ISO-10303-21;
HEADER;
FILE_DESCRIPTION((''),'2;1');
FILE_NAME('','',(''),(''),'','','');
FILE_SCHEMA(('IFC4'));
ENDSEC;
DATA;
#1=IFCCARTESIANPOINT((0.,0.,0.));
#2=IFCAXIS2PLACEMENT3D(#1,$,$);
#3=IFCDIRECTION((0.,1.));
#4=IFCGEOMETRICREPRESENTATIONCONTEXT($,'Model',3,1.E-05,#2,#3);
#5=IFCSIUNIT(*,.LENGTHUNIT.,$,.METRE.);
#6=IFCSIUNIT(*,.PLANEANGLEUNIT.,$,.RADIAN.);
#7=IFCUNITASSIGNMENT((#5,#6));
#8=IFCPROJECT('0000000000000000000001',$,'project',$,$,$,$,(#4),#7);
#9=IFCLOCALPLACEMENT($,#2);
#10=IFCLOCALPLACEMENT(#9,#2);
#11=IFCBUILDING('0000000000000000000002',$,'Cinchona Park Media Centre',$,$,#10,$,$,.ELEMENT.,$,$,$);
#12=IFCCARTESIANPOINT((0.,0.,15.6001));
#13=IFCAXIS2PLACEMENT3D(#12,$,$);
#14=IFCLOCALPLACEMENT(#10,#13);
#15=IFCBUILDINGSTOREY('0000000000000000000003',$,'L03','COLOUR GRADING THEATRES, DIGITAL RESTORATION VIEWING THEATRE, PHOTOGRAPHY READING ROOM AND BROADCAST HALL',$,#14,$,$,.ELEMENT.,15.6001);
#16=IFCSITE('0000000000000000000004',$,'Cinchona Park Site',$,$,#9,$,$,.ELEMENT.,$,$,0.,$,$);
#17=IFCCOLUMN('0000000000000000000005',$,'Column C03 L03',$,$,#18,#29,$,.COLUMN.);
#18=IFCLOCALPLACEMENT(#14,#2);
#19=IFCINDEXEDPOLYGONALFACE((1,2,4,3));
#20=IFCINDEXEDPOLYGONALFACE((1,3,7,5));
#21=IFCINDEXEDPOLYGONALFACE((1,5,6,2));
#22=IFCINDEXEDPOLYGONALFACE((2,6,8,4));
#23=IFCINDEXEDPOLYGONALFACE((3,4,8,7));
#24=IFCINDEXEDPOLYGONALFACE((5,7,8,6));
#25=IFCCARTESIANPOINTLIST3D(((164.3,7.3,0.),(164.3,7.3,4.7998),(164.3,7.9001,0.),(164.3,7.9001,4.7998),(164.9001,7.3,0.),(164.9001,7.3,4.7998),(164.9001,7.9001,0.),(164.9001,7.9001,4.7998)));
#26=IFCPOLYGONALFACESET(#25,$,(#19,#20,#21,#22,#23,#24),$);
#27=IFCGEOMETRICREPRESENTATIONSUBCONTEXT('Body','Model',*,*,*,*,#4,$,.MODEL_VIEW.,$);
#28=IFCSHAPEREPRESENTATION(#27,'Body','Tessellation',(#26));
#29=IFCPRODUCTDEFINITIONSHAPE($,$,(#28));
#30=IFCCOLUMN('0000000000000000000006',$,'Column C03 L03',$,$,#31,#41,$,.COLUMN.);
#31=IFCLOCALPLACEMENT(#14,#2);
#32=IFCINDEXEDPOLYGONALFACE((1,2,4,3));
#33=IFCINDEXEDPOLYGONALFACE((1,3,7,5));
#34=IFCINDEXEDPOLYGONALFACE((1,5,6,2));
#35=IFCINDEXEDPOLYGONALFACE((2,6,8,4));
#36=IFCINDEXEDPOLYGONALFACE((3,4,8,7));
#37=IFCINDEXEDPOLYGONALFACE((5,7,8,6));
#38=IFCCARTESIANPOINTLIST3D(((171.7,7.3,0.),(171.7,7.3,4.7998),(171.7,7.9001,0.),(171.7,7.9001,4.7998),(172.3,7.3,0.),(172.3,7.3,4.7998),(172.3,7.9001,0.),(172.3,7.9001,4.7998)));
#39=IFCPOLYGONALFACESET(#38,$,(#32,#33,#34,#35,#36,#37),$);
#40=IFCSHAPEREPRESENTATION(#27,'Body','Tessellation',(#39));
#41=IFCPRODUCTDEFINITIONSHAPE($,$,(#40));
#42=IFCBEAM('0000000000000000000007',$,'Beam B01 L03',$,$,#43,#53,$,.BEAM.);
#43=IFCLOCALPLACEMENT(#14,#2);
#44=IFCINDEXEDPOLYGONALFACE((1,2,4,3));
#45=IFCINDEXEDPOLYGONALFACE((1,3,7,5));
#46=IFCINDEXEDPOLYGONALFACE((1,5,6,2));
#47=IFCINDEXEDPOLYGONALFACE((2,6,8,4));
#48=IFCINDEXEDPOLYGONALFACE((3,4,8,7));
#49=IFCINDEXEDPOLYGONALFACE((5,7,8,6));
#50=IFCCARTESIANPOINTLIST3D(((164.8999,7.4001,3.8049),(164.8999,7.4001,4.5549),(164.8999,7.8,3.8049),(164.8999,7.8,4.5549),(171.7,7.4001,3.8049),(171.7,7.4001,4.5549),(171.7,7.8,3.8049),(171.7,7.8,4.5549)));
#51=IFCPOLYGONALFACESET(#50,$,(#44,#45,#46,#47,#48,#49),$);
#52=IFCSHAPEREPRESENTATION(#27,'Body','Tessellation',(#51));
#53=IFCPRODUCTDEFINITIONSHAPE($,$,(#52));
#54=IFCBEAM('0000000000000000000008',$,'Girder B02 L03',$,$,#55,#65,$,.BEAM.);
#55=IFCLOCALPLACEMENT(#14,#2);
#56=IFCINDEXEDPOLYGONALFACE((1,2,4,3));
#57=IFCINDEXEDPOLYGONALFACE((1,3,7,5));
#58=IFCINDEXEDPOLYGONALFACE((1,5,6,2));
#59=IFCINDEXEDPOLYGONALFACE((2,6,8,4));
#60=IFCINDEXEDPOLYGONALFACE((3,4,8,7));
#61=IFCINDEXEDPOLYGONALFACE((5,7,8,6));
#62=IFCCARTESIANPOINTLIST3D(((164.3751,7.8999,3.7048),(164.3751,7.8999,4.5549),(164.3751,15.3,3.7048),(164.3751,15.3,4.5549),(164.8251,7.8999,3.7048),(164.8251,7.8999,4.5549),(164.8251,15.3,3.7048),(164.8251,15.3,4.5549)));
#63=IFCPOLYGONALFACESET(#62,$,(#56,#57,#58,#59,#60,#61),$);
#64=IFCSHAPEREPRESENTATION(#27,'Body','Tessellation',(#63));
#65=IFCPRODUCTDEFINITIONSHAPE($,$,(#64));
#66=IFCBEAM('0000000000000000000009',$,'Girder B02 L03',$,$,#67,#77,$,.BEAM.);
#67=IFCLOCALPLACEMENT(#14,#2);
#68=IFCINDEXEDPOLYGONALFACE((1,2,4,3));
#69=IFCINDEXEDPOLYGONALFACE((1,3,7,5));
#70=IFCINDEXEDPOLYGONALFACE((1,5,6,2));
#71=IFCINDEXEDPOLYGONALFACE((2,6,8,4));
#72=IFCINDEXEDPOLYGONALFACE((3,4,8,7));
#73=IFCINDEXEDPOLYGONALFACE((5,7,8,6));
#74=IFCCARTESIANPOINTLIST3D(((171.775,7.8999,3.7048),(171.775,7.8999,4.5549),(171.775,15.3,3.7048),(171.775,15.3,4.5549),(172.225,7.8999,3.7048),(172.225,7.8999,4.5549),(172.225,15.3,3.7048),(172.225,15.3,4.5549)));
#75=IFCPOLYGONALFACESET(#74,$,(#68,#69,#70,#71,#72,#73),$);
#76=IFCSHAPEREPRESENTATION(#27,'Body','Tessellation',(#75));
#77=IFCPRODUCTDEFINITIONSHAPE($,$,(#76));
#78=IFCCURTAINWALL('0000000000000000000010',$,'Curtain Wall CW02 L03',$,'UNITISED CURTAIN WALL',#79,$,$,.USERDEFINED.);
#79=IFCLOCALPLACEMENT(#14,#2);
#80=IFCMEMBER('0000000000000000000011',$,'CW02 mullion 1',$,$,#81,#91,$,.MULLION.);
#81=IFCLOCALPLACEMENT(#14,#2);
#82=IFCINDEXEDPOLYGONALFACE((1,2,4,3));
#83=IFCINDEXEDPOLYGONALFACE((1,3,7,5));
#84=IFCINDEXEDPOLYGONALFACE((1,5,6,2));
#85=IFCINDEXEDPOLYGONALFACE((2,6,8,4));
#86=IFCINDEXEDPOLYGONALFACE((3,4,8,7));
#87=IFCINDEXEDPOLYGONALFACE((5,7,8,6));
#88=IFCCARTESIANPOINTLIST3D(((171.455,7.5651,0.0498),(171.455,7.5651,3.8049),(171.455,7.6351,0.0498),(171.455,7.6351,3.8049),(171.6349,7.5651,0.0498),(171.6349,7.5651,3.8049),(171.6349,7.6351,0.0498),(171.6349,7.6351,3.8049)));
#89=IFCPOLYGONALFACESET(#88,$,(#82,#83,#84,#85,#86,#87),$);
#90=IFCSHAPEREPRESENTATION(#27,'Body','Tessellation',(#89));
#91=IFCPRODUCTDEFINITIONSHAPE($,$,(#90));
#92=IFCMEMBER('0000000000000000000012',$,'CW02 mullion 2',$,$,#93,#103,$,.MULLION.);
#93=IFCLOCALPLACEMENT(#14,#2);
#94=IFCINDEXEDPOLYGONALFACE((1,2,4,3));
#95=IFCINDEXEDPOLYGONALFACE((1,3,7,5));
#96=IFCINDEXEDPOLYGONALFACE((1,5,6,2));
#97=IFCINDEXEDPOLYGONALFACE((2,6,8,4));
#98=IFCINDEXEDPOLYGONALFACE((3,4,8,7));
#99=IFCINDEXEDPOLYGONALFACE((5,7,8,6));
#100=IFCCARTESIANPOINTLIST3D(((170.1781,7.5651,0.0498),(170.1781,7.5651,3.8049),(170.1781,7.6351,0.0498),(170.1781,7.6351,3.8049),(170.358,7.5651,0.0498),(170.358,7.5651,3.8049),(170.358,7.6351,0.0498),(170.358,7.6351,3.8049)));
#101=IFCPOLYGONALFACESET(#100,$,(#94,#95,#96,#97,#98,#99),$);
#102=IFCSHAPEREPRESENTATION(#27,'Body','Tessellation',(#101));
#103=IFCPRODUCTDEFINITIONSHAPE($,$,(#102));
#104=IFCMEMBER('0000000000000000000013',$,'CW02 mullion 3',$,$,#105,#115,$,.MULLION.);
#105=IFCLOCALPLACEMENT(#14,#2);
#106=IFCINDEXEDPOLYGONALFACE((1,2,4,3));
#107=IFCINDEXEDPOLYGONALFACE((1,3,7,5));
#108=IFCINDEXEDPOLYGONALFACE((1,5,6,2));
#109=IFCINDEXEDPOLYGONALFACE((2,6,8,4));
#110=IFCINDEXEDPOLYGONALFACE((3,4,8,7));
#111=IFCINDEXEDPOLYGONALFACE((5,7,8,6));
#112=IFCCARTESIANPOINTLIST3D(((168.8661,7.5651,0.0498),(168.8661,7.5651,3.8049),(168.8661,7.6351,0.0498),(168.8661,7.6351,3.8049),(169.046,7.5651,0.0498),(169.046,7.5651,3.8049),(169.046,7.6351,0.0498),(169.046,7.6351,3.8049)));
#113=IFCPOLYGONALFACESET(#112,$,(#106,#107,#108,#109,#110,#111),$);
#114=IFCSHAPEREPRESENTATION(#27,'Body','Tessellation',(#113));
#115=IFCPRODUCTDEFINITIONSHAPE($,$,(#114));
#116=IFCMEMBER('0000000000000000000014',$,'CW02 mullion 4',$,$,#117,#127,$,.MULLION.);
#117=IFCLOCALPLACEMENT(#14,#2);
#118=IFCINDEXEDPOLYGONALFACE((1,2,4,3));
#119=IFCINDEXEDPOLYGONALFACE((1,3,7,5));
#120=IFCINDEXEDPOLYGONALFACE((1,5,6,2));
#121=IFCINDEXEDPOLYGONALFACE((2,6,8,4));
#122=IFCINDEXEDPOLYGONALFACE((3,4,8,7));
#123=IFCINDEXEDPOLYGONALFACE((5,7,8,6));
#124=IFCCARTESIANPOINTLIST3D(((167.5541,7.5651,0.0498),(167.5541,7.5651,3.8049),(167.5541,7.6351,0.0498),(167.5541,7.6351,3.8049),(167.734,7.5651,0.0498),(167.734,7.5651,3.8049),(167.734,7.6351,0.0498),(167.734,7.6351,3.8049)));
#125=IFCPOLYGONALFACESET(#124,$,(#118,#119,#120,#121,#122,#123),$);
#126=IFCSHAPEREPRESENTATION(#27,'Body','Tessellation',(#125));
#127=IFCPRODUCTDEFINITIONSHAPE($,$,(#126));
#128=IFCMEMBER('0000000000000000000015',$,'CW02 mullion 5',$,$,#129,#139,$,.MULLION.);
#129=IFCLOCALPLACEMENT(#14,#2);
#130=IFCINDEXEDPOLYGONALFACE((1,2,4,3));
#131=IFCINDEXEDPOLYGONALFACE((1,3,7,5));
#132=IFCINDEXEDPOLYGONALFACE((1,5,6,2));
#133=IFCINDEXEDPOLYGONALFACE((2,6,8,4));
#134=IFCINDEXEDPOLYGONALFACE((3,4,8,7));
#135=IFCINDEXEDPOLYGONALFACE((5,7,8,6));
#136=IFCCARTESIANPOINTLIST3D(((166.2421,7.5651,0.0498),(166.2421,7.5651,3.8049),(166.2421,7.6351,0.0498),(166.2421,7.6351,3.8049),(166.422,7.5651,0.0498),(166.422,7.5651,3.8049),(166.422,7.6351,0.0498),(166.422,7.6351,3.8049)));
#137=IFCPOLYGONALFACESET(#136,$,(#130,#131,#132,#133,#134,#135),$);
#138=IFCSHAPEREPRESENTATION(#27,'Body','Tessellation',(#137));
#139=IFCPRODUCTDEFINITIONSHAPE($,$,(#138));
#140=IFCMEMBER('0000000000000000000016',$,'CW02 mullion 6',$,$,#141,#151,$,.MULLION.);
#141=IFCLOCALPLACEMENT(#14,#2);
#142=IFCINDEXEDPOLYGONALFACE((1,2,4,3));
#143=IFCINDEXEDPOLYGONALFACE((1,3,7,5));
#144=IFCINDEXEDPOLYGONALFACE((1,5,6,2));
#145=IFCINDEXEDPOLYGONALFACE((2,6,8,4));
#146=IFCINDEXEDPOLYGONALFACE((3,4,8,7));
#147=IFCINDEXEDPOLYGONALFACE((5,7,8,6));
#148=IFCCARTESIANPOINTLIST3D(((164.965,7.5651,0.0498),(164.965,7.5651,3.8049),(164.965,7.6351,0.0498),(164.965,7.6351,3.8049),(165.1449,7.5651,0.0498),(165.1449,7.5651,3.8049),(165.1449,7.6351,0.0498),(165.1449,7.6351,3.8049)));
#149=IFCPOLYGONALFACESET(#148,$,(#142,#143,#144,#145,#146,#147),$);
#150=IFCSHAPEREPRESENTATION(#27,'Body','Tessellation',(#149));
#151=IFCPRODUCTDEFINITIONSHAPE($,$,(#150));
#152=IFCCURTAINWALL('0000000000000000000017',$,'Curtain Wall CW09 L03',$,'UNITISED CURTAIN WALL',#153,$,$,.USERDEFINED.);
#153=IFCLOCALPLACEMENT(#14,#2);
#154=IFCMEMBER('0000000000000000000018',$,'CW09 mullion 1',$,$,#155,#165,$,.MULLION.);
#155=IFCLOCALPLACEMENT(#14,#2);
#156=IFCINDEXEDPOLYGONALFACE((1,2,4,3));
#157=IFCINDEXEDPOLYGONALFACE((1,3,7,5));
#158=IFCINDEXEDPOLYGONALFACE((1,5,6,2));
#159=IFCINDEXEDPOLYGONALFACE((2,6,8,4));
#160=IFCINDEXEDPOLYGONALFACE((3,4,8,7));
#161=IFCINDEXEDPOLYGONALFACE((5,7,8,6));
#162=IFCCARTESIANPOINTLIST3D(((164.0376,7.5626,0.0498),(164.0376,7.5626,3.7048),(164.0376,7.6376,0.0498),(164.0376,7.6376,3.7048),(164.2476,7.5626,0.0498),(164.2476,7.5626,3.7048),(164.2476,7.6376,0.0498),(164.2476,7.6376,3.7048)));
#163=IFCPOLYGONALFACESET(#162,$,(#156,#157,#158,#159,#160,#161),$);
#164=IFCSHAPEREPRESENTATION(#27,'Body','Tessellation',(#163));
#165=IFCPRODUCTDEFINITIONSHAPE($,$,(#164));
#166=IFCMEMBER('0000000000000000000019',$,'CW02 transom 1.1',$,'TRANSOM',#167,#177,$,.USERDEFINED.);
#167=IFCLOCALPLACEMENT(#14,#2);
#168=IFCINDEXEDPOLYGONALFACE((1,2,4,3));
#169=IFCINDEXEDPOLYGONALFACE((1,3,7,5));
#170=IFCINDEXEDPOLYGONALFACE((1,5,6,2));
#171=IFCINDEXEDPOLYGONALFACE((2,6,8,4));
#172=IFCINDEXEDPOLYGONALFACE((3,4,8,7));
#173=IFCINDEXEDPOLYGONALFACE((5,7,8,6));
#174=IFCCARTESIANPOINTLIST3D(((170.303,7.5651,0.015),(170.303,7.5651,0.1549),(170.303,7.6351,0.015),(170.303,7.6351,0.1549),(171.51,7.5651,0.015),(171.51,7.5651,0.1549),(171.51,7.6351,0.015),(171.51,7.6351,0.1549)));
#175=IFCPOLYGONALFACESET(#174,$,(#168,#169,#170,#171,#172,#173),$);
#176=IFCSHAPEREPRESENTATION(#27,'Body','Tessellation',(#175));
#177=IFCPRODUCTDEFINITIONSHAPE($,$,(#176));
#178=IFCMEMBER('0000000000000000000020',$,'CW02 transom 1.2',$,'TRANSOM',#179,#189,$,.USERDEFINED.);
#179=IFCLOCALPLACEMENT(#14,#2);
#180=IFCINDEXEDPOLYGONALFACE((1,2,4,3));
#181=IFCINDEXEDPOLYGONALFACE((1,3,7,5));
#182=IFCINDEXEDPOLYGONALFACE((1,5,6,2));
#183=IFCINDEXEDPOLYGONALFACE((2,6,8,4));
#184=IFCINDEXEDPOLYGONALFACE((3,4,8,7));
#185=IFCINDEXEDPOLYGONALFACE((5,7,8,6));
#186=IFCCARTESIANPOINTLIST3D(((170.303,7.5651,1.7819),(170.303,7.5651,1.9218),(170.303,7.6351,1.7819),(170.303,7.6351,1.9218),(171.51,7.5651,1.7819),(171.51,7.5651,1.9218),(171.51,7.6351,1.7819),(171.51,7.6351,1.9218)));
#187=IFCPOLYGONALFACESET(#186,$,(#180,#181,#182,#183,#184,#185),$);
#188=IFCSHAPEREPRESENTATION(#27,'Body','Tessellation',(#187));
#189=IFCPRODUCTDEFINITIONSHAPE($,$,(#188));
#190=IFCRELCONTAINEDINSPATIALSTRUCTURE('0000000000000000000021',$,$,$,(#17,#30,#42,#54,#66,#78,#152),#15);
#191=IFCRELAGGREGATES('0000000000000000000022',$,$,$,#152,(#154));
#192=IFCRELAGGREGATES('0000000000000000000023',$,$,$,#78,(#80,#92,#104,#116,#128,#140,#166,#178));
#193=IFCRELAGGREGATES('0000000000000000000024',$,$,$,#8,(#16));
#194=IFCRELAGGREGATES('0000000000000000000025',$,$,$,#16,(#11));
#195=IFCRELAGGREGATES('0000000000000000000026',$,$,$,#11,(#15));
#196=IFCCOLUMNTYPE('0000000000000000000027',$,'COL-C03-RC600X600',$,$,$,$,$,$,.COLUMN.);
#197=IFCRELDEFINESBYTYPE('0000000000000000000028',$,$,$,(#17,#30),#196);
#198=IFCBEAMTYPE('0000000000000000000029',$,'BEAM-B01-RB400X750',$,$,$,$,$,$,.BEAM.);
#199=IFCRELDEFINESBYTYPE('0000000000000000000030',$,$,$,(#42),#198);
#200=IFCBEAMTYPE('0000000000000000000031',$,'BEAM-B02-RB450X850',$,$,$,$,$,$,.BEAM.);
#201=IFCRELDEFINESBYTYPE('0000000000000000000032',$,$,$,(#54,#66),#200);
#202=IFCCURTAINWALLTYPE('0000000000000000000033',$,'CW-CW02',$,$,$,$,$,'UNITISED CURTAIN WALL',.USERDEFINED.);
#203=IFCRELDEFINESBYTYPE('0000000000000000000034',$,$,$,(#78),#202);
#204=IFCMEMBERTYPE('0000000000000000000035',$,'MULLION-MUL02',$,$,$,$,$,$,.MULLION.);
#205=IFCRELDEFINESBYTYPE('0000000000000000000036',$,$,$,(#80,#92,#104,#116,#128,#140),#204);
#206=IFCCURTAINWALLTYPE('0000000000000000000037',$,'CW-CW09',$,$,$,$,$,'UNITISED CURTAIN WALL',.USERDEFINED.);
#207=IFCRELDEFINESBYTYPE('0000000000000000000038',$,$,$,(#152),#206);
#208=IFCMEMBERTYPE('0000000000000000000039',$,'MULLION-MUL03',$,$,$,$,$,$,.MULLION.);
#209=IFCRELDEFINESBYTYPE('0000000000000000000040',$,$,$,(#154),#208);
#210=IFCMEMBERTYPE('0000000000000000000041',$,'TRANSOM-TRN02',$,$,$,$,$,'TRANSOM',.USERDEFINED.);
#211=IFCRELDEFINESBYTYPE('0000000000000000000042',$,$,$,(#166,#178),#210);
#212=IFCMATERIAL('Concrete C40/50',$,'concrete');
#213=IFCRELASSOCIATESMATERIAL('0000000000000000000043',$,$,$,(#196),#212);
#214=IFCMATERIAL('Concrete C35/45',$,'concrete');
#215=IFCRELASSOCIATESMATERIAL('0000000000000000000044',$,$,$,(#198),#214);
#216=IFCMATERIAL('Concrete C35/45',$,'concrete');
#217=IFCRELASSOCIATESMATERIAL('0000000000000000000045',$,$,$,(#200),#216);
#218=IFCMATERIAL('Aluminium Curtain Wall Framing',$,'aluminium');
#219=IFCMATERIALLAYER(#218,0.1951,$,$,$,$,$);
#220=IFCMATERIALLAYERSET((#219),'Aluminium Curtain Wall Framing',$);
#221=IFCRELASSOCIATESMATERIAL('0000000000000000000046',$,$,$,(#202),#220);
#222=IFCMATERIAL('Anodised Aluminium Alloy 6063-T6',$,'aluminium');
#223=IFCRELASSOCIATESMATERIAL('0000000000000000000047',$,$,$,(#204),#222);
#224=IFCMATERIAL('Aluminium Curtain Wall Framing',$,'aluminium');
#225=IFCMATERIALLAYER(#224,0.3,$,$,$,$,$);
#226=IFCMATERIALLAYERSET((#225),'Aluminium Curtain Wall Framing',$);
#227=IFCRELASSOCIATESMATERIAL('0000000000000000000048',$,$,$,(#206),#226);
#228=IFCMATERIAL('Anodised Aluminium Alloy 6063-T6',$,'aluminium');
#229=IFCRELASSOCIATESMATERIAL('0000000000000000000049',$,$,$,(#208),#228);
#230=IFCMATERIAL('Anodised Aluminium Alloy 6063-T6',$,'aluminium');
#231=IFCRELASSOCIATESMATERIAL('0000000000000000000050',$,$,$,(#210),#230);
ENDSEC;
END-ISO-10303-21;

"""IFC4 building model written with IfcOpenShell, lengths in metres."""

from ifc_helpers import new_model, si_unit, direction, frame, origin, origin_2d, place, context, subcontext, project, spatial, rectangle, extrude, material, layer, layer_set, material_profile, profile_set, type_object, element, aggregate, save


model = new_model("IFC4")

# Units and contexts
model_context = context("Model", 3, precision=1e-05, world=origin(), true_north=direction((0.0, 1.0)))
body_context = subcontext(model_context, "Body", "Model", "MODEL_VIEW")
ifc_project = project(units=[si_unit("LENGTHUNIT", "METRE"), si_unit("PLANEANGLEUNIT", "RADIAN")], contexts=[model_context])

# Site, building, storey
site_placement = place(None, origin())
site = spatial("IfcSite", under=ifc_project, at=site_placement, Name="Cinchona Park Site", CompositionType="ELEMENT", RefElevation=0.0)
building_placement = place(site_placement, origin())
building = spatial("IfcBuilding", under=site, at=building_placement, Name="Cinchona Park Media Centre", CompositionType="ELEMENT")
storey_placement = place(building_placement, frame((0.0, 0.0, 15.6001)))
storey = spatial("IfcBuildingStorey", under=building, at=storey_placement, Name="L03", Description="COLOUR GRADING THEATRES, DIGITAL RESTORATION VIEWING THEATRE, PHOTOGRAPHY READING ROOM AND BROADCAST HALL", CompositionType="ELEMENT", Elevation=15.6001)

# Columns
ifc_material_1 = material(Name="Concrete C40/50", Category="concrete")
ifc_material_profile_1 = material_profile(ifc_material_1, rectangle(XDim=0.6001, YDim=0.6001, at=origin_2d()), Name="RC 600X600")
ifc_profile_set_1 = profile_set([ifc_material_profile_1], Name="Concrete C40/50")
column_type = type_object("IfcColumnType", Name="COL-C03-RC600X600", PredefinedType="COLUMN", material=ifc_profile_set_1)
for number, where, z_axis, x_axis, name in (
    (1, (164.6001, 7.6001, 0.0), (0.0, 0.0, 1.0), (1.0, 0.0, 0.0), "Column C03 L03"),
    (2, (172.0, 7.6001, 0.0), (0.0, 0.0, 1.0), (1.0, 0.0, 0.0), "Column C03 L03"),
):
    element("IfcColumn", number, at=place(storey_placement, frame(where, z_axis=z_axis, x_axis=x_axis)), inside=storey, type_object=column_type, Name=name, PredefinedType="COLUMN", context=body_context, shape_type="SweptSolid", body=[
        extrude(rectangle(XDim=0.6001, YDim=0.6001, at=origin_2d()), origin(), (0.0, 0.0, 1.0), 4.7998),
    ])

# Beams
ifc_material_2 = material(Name="Concrete C35/45", Category="concrete")
ifc_material_profile_2 = material_profile(ifc_material_2, rectangle(XDim=0.3999, YDim=0.75, at=origin_2d()), Name="RB 400X750")
ifc_profile_set_2 = profile_set([ifc_material_profile_2], Name="Concrete C35/45")
beam_type_1 = type_object("IfcBeamType", Name="BEAM-B01-RB400X750", PredefinedType="BEAM", material=ifc_profile_set_2)
beam_placement = place(storey_placement, frame((164.8999, 7.6001, 4.1799), z_axis=(1.0, 0.0, 0.0), x_axis=(0.0, 1.0, 0.0)))
element("IfcBeam", 3, at=beam_placement, inside=storey, type_object=beam_type_1, Name="Beam B01 L03", PredefinedType="BEAM", context=body_context, shape_type="SweptSolid", body=[
    extrude(rectangle(XDim=0.3999, YDim=0.75, at=origin_2d()), origin(), (0.0, 0.0, 1.0), 6.8),
])
ifc_material_3 = material(Name="Concrete C35/45", Category="concrete")
ifc_material_profile_3 = material_profile(ifc_material_3, rectangle(XDim=0.45, YDim=0.8501, at=origin_2d()), Name="RB 450X850")
ifc_profile_set_3 = profile_set([ifc_material_profile_3], Name="Concrete C35/45")
beam_type_2 = type_object("IfcBeamType", Name="BEAM-B02-RB450X850", PredefinedType="BEAM", material=ifc_profile_set_3)
for number, where, z_axis, x_axis, name in (
    (4, (164.6001, 7.8999, 4.1299), (0.0, 1.0, 0.0), (-1.0, 0.0, 0.0), "Girder B02 L03"),
    (5, (172.0, 7.8999, 4.1299), (0.0, 1.0, 0.0), (-1.0, 0.0, 0.0), "Girder B02 L03"),
):
    element("IfcBeam", number, at=place(storey_placement, frame(where, z_axis=z_axis, x_axis=x_axis)), inside=storey, type_object=beam_type_2, Name=name, PredefinedType="BEAM", context=body_context, shape_type="SweptSolid", body=[
        extrude(rectangle(XDim=0.45, YDim=0.8501, at=origin_2d()), origin(), (0.0, 0.0, 1.0), 7.4001),
    ])

# Curtain wall, members
ifc_material_4 = material(Name="Aluminium Curtain Wall Framing", Category="aluminium")
ifc_layer_1 = layer(ifc_material_4, 0.1951)
ifc_layer_set_1 = layer_set([ifc_layer_1], Name="Aluminium Curtain Wall Framing")
curtain_wall_type_1 = type_object("IfcCurtainWallType", Name="CW-CW02", ElementType="UNITISED CURTAIN WALL", PredefinedType="USERDEFINED", material=ifc_layer_set_1)
curtain_wall_1_placement = place(storey_placement, origin())
curtain_wall_1 = element("IfcCurtainWall", 6, at=curtain_wall_1_placement, inside=storey, type_object=curtain_wall_type_1, Name="Curtain Wall CW02 L03", ObjectType="UNITISED CURTAIN WALL", PredefinedType="USERDEFINED")
ifc_material_5 = material(Name="Anodised Aluminium Alloy 6063-T6", Category="aluminium")
ifc_material_profile_4 = material_profile(ifc_material_5, rectangle(XDim=0.0701, YDim=0.1799, at=origin_2d()), Name="MUL-70X180")
ifc_profile_set_4 = profile_set([ifc_material_profile_4], Name="Anodised Aluminium Alloy 6063-T6")
member_type_1 = type_object("IfcMemberType", Name="MULLION-MUL02", PredefinedType="MULLION", material=ifc_profile_set_4)
member_1_placement = place(storey_placement, frame((171.5449, 7.6001, 0.0498), z_axis=(0.0, 0.0, 1.0), x_axis=(0.0, -1.0, 0.0)))
member_1 = element("IfcMember", 7, at=member_1_placement, type_object=member_type_1, Name="CW02 mullion 1", PredefinedType="MULLION", context=body_context, shape_type="SweptSolid", body=[
    extrude(rectangle(XDim=0.0701, YDim=0.1799, at=origin_2d()), origin(), (0.0, 0.0, 1.0), 3.7551),
])
member_2_placement = place(storey_placement, frame((170.2681, 7.6001, 0.0498), z_axis=(0.0, 0.0, 1.0), x_axis=(0.0, -1.0, 0.0)))
member_2 = element("IfcMember", 8, at=member_2_placement, type_object=member_type_1, Name="CW02 mullion 2", PredefinedType="MULLION", context=body_context, shape_type="SweptSolid", body=[
    extrude(rectangle(XDim=0.0701, YDim=0.1799, at=origin_2d()), origin(), (0.0, 0.0, 1.0), 3.7551),
])
member_3_placement = place(storey_placement, frame((168.9561, 7.6001, 0.0498), z_axis=(0.0, 0.0, 1.0), x_axis=(0.0, -1.0, 0.0)))
member_3 = element("IfcMember", 9, at=member_3_placement, type_object=member_type_1, Name="CW02 mullion 3", PredefinedType="MULLION", context=body_context, shape_type="SweptSolid", body=[
    extrude(rectangle(XDim=0.0701, YDim=0.1799, at=origin_2d()), origin(), (0.0, 0.0, 1.0), 3.7551),
])
member_4_placement = place(storey_placement, frame((167.644, 7.6001, 0.0498), z_axis=(0.0, 0.0, 1.0), x_axis=(0.0, -1.0, 0.0)))
member_4 = element("IfcMember", 10, at=member_4_placement, type_object=member_type_1, Name="CW02 mullion 4", PredefinedType="MULLION", context=body_context, shape_type="SweptSolid", body=[
    extrude(rectangle(XDim=0.0701, YDim=0.1799, at=origin_2d()), origin(), (0.0, 0.0, 1.0), 3.7551),
])
member_5_placement = place(storey_placement, frame((166.332, 7.6001, 0.0498), z_axis=(0.0, 0.0, 1.0), x_axis=(0.0, -1.0, 0.0)))
member_5 = element("IfcMember", 11, at=member_5_placement, type_object=member_type_1, Name="CW02 mullion 5", PredefinedType="MULLION", context=body_context, shape_type="SweptSolid", body=[
    extrude(rectangle(XDim=0.0701, YDim=0.1799, at=origin_2d()), origin(), (0.0, 0.0, 1.0), 3.7551),
])
member_6_placement = place(storey_placement, frame((165.0549, 7.6001, 0.0498), z_axis=(0.0, 0.0, 1.0), x_axis=(0.0, -1.0, 0.0)))
member_6 = element("IfcMember", 12, at=member_6_placement, type_object=member_type_1, Name="CW02 mullion 6", PredefinedType="MULLION", context=body_context, shape_type="SweptSolid", body=[
    extrude(rectangle(XDim=0.0701, YDim=0.1799, at=origin_2d()), origin(), (0.0, 0.0, 1.0), 3.7551),
])

# Curtain wall, member
ifc_material_6 = material(Name="Aluminium Curtain Wall Framing", Category="aluminium")
ifc_layer_2 = layer(ifc_material_6, 0.3)
ifc_layer_set_2 = layer_set([ifc_layer_2], Name="Aluminium Curtain Wall Framing")
curtain_wall_type_2 = type_object("IfcCurtainWallType", Name="CW-CW09", ElementType="UNITISED CURTAIN WALL", PredefinedType="USERDEFINED", material=ifc_layer_set_2)
curtain_wall_2_placement = place(storey_placement, origin())
curtain_wall_2 = element("IfcCurtainWall", 13, at=curtain_wall_2_placement, inside=storey, type_object=curtain_wall_type_2, Name="Curtain Wall CW09 L03", ObjectType="UNITISED CURTAIN WALL", PredefinedType="USERDEFINED")
ifc_material_7 = material(Name="Anodised Aluminium Alloy 6063-T6", Category="aluminium")
ifc_material_profile_5 = material_profile(ifc_material_7, rectangle(XDim=0.075, YDim=0.21, at=origin_2d()), Name="MUL-75X210")
ifc_profile_set_5 = profile_set([ifc_material_profile_5], Name="Anodised Aluminium Alloy 6063-T6")
member_type_2 = type_object("IfcMemberType", Name="MULLION-MUL03", PredefinedType="MULLION", material=ifc_profile_set_5)
member_7_placement = place(storey_placement, frame((164.1426, 7.6001, 0.0498), z_axis=(0.0, 0.0, 1.0), x_axis=(0.0, -1.0, 0.0)))
member_7 = element("IfcMember", 14, at=member_7_placement, type_object=member_type_2, Name="CW09 mullion 1", PredefinedType="MULLION", context=body_context, shape_type="SweptSolid", body=[
    extrude(rectangle(XDim=0.075, YDim=0.21, at=origin_2d()), origin(), (0.0, 0.0, 1.0), 3.655),
])

# Members
ifc_material_8 = material(Name="Anodised Aluminium Alloy 6063-T6", Category="aluminium")
ifc_material_profile_6 = material_profile(ifc_material_8, rectangle(XDim=0.0701, YDim=0.1399, at=origin_2d()), Name="TRN-70X140")
ifc_profile_set_6 = profile_set([ifc_material_profile_6], Name="Anodised Aluminium Alloy 6063-T6")
member_type_3 = type_object("IfcMemberType", Name="TRANSOM-TRN02", ElementType="TRANSOM", PredefinedType="USERDEFINED", material=ifc_profile_set_6)
member_8_placement = place(storey_placement, frame((171.51, 7.6001, 0.085), z_axis=(-1.0, 0.0, 0.0), x_axis=(0.0, -1.0, 0.0)))
member_8 = element("IfcMember", 15, at=member_8_placement, type_object=member_type_3, Name="CW02 transom 1.1", ObjectType="TRANSOM", PredefinedType="USERDEFINED", context=body_context, shape_type="SweptSolid", body=[
    extrude(rectangle(XDim=0.0701, YDim=0.1399, at=origin_2d()), origin(), (0.0, 0.0, 1.0), 1.207),
])
member_9_placement = place(storey_placement, frame((171.51, 7.6001, 1.8518), z_axis=(-1.0, 0.0, 0.0), x_axis=(0.0, -1.0, 0.0)))
member_9 = element("IfcMember", 16, at=member_9_placement, type_object=member_type_3, Name="CW02 transom 1.2", ObjectType="TRANSOM", PredefinedType="USERDEFINED", context=body_context, shape_type="SweptSolid", body=[
    extrude(rectangle(XDim=0.0701, YDim=0.1399, at=origin_2d()), origin(), (0.0, 0.0, 1.0), 1.207),
])
aggregate(curtain_wall_2, [member_7])

aggregate(curtain_wall_1, [member_1, member_2, member_3, member_4, member_5, member_6, member_8, member_9])

save(model, "model.ifc")
